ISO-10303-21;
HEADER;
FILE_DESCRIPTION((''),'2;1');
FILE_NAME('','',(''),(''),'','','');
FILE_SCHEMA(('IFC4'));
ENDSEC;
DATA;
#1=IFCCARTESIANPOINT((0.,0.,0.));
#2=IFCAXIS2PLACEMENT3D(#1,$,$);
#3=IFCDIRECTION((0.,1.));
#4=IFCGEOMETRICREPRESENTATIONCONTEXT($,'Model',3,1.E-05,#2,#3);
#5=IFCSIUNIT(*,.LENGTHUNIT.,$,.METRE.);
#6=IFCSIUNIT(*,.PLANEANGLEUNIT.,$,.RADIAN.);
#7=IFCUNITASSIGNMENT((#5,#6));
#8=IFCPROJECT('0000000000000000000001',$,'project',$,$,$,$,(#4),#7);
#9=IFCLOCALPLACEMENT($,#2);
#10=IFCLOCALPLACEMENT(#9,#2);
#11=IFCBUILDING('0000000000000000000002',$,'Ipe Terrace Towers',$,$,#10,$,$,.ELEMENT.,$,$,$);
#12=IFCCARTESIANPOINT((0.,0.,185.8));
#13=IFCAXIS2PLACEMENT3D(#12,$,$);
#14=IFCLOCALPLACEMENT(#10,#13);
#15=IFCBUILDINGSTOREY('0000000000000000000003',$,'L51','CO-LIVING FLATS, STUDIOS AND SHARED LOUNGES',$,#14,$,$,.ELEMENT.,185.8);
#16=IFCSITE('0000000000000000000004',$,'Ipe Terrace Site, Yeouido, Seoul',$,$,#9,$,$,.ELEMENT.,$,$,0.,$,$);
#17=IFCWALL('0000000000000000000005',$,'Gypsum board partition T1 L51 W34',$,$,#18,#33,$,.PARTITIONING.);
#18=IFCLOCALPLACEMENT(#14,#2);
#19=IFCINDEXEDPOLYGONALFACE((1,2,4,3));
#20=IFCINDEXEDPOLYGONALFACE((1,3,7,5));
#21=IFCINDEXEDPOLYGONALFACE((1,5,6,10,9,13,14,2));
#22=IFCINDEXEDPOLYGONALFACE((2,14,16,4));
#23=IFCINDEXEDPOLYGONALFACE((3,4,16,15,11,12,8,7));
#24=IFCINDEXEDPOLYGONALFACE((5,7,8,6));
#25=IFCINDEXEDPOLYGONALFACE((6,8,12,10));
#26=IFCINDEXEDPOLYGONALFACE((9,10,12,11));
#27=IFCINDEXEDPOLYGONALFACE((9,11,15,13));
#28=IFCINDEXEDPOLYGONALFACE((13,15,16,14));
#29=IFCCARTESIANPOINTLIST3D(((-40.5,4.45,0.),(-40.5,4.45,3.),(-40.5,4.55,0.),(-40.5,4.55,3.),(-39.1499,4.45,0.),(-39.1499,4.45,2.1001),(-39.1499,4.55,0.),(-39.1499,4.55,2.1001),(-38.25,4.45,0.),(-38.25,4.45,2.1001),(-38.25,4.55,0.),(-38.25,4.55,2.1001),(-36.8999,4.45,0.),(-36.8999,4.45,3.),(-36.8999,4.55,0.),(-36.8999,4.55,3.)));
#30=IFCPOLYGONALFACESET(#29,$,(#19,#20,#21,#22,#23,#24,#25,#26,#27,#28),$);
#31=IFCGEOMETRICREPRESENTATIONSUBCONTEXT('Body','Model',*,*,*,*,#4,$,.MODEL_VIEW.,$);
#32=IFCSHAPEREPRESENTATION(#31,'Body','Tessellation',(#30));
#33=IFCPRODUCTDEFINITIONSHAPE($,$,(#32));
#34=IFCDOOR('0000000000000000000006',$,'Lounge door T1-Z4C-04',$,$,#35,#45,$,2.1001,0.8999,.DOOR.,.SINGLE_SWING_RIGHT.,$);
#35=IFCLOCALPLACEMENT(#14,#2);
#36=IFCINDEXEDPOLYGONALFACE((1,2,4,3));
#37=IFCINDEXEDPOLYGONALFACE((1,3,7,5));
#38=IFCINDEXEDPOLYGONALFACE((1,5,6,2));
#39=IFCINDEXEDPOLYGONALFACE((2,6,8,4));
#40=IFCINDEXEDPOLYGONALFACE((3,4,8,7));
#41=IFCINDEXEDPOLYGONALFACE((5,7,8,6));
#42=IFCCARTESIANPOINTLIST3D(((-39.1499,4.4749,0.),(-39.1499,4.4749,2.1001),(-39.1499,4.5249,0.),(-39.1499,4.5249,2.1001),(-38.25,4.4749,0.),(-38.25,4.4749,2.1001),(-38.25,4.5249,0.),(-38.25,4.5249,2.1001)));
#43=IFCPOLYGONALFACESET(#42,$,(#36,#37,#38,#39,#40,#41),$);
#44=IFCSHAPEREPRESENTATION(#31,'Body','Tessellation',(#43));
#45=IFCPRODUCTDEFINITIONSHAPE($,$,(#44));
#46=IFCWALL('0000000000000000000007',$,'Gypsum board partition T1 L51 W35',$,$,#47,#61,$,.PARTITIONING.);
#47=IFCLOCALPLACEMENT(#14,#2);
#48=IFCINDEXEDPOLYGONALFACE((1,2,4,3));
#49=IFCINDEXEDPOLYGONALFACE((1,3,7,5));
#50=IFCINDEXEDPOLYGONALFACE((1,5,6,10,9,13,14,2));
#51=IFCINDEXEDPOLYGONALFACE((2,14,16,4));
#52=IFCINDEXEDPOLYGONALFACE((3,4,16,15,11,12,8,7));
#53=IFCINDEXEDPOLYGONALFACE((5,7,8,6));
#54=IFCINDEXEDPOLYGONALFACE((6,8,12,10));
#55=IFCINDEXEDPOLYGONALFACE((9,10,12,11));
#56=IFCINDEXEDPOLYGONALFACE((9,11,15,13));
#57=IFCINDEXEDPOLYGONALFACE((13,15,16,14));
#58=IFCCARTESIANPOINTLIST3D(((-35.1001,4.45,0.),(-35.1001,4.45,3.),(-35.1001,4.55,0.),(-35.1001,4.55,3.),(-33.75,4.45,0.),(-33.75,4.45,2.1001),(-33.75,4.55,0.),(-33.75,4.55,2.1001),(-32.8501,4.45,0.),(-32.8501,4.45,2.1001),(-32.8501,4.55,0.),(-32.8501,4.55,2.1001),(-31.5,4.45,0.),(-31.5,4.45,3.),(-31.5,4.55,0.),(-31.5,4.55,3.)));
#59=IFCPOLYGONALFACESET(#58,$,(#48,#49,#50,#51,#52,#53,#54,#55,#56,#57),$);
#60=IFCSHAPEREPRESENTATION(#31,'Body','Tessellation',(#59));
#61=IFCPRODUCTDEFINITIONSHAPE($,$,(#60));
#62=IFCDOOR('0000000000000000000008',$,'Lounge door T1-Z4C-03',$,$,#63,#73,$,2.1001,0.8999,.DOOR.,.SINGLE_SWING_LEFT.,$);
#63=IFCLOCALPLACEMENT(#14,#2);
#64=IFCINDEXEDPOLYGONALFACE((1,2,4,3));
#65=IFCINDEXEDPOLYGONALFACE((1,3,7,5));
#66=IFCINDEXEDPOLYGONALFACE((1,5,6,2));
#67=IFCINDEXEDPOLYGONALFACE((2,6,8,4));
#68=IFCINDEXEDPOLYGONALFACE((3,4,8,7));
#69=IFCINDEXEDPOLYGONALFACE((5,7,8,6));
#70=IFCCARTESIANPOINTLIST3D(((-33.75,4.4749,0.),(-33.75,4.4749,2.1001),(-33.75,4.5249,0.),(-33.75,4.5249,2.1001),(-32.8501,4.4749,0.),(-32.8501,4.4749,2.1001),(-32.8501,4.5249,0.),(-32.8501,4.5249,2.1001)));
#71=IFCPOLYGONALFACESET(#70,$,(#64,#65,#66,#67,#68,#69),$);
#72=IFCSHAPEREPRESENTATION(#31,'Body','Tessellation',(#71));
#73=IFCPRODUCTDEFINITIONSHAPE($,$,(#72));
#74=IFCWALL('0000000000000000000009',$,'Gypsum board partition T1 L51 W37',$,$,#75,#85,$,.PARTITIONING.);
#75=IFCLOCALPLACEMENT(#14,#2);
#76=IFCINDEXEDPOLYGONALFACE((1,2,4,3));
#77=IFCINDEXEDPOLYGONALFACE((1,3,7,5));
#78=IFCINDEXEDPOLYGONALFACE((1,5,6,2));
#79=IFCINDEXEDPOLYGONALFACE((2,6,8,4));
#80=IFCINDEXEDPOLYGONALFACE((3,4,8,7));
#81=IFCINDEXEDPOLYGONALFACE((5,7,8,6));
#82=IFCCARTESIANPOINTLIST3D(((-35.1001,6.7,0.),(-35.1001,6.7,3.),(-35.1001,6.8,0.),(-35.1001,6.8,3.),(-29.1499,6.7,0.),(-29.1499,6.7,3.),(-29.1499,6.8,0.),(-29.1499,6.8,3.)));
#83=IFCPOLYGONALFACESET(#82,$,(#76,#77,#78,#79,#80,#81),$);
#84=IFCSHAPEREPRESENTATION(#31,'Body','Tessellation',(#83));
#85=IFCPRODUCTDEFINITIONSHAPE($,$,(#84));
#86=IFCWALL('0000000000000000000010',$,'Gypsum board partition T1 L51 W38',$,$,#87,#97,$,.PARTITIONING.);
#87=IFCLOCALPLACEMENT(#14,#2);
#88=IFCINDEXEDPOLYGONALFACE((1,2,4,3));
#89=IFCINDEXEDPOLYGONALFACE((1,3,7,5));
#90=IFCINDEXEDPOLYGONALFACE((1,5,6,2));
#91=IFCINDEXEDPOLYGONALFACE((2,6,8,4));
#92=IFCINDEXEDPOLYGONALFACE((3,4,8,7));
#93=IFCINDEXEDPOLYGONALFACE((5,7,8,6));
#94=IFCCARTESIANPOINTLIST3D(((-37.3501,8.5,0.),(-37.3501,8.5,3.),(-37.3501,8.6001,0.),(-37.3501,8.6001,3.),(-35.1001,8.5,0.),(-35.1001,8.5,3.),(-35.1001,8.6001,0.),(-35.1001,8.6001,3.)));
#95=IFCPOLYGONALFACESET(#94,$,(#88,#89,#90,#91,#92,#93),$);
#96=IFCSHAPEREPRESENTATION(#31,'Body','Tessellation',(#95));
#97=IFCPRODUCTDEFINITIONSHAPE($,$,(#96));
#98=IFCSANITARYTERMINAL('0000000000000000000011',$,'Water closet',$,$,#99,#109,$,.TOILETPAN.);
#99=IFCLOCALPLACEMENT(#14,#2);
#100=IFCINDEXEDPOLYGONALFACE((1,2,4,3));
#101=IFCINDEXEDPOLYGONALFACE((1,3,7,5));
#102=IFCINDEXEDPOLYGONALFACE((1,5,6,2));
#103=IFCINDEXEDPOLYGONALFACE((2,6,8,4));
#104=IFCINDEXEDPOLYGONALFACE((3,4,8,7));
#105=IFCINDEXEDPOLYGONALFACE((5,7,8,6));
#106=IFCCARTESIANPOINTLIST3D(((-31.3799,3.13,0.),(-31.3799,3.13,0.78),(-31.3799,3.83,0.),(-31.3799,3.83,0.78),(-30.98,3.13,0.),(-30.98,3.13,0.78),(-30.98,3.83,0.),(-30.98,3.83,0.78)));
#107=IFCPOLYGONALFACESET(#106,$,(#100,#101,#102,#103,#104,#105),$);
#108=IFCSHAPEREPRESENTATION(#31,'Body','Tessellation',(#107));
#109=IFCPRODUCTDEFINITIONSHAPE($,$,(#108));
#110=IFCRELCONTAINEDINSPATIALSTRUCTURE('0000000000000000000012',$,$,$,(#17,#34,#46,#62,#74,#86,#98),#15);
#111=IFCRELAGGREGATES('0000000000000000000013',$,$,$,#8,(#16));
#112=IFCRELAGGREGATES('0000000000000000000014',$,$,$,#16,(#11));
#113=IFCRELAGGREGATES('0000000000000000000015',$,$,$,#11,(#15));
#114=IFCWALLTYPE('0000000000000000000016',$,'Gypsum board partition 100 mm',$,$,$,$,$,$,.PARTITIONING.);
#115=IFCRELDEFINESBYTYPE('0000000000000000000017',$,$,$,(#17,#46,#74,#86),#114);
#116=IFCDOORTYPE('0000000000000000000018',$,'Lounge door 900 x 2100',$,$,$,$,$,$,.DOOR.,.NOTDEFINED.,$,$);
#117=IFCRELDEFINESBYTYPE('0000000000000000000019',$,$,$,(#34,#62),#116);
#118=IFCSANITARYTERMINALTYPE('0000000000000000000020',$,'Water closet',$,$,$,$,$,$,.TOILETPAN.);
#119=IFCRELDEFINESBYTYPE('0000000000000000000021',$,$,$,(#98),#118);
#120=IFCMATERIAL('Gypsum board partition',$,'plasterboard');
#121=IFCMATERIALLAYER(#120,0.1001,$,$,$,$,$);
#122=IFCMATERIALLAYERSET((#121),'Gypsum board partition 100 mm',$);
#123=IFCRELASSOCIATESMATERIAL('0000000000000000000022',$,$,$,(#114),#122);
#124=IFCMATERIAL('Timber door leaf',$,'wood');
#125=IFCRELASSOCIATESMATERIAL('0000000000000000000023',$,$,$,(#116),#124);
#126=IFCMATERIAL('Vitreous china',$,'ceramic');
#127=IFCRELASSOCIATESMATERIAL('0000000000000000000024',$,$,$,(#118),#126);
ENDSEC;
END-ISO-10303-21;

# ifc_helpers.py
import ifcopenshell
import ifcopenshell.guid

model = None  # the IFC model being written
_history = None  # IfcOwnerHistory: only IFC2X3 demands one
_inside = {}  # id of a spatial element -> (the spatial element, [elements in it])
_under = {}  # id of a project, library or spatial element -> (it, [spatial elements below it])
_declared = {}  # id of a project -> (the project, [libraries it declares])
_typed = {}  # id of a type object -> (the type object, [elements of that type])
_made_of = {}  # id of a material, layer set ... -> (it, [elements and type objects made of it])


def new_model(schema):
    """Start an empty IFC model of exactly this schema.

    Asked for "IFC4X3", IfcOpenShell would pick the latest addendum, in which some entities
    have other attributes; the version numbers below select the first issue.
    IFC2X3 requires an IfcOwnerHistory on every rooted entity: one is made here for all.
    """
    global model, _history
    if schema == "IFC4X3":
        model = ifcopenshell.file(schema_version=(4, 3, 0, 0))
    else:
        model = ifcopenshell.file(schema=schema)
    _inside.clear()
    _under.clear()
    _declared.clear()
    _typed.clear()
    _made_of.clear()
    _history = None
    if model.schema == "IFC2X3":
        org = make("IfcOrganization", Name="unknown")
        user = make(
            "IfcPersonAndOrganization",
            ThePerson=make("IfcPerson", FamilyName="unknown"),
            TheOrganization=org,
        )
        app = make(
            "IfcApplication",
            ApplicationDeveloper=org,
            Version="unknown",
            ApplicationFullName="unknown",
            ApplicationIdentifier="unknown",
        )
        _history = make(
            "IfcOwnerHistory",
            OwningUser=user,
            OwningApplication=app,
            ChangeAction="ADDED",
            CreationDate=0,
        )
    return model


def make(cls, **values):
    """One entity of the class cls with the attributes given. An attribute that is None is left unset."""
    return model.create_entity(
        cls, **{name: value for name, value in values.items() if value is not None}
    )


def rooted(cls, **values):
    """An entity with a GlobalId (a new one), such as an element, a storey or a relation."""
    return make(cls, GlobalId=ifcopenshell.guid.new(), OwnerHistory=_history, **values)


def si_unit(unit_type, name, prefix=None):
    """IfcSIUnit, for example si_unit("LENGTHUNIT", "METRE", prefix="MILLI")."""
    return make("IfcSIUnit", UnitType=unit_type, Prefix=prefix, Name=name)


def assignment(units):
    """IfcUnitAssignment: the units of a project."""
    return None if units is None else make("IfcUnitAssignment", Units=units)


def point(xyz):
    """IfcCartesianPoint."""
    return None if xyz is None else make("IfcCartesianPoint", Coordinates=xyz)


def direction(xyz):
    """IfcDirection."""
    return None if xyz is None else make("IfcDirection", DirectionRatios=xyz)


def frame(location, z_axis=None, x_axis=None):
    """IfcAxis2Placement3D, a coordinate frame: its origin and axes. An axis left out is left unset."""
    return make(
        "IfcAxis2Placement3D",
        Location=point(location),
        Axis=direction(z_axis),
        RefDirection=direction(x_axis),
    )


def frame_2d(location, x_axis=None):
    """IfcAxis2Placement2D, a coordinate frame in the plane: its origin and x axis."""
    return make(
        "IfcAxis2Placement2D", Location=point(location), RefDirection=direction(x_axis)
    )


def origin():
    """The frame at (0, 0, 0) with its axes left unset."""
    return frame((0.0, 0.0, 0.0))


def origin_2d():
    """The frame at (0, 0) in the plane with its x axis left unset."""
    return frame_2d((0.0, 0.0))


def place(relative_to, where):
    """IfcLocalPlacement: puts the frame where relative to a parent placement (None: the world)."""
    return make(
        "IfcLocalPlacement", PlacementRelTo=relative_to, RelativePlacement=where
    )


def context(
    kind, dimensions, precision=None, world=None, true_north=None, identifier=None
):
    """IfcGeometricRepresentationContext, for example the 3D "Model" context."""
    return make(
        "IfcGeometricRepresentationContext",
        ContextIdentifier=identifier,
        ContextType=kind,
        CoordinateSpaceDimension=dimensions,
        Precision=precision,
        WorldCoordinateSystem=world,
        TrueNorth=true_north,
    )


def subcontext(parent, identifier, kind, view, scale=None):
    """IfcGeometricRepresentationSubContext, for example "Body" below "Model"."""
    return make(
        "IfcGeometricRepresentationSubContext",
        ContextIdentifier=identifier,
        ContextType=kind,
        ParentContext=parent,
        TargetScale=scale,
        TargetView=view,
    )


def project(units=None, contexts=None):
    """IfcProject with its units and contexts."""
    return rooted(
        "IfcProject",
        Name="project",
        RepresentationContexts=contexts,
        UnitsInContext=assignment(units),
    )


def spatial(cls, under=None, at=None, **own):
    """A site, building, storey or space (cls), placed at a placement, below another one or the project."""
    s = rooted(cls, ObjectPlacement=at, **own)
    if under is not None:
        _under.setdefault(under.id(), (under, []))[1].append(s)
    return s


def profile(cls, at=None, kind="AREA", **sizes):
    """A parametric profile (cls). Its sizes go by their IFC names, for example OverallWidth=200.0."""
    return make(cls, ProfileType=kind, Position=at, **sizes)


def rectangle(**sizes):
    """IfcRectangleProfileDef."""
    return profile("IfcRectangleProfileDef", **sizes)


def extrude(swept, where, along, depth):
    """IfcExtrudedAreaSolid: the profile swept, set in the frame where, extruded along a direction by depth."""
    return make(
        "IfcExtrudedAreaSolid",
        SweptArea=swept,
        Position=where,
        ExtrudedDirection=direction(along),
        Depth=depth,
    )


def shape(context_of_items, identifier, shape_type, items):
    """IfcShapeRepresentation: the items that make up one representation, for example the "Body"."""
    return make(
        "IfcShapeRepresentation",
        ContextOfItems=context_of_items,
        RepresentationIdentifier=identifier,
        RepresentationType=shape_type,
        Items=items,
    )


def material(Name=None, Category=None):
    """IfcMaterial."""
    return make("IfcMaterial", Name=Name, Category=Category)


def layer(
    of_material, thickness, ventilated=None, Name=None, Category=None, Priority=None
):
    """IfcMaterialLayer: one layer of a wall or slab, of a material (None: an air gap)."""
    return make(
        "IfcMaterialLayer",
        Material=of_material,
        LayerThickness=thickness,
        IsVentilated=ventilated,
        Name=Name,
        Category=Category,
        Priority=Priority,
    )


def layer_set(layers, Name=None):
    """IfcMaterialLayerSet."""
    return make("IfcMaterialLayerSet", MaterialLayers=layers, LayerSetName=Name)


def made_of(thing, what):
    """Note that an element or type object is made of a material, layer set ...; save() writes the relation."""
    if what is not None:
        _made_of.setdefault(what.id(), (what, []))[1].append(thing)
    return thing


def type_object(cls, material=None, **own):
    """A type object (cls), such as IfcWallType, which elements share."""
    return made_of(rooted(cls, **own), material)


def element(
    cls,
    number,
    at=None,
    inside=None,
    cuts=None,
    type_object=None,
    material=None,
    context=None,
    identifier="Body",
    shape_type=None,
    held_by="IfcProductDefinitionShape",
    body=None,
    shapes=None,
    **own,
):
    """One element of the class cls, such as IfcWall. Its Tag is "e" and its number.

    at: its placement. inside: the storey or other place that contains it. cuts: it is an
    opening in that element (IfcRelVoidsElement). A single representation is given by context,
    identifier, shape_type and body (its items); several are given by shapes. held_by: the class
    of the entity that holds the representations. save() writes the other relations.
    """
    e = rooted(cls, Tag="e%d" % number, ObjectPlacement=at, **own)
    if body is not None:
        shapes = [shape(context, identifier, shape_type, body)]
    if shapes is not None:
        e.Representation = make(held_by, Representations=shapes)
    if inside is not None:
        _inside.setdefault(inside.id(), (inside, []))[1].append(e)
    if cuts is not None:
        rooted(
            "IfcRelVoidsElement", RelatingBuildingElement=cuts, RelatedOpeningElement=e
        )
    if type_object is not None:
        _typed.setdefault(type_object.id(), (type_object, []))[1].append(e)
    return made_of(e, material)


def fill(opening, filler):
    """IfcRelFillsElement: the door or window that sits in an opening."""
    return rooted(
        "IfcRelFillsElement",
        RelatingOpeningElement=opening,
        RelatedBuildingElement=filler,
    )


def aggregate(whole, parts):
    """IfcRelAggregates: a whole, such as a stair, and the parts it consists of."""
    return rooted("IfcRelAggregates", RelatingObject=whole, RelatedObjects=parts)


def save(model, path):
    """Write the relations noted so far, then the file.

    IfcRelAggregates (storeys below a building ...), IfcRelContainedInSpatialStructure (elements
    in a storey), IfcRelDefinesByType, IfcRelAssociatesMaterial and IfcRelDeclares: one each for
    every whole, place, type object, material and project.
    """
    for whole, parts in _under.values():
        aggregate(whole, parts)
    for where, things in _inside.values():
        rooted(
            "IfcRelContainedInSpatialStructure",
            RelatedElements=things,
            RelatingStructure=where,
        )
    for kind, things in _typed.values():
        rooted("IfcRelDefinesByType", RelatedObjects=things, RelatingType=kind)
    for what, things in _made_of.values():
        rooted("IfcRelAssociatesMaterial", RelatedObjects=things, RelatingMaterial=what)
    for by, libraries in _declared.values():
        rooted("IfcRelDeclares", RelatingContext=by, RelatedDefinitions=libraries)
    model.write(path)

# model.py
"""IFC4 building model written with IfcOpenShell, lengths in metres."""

from ifc_helpers import new_model, si_unit, direction, frame, frame_2d, origin, origin_2d, place, context, subcontext, project, spatial, rectangle, extrude, material, layer, layer_set, type_object, element, fill, save


model = new_model("IFC4")

# Units and contexts
model_context = context("Model", 3, precision=1e-05, world=origin(), true_north=direction((0.0, 1.0)))
body_context = subcontext(model_context, "Body", "Model", "MODEL_VIEW")
ifc_project = project(units=[si_unit("LENGTHUNIT", "METRE"), si_unit("PLANEANGLEUNIT", "RADIAN")], contexts=[model_context])

# Site, building, storey
site_placement = place(None, origin())
site = spatial("IfcSite", under=ifc_project, at=site_placement, Name="Ipe Terrace Site, Yeouido, Seoul", CompositionType="ELEMENT", RefElevation=0.0)
building_placement = place(site_placement, origin())
building = spatial("IfcBuilding", under=site, at=building_placement, Name="Ipe Terrace Towers", CompositionType="ELEMENT")
storey_placement = place(building_placement, frame((0.0, 0.0, 185.8)))
storey = spatial("IfcBuildingStorey", under=building, at=storey_placement, Name="L51", Description="CO-LIVING FLATS, STUDIOS AND SHARED LOUNGES", CompositionType="ELEMENT", Elevation=185.8)

# Shared definitions
ifc_material_1 = material(Name="Gypsum board partition", Category="plasterboard")
ifc_layer_1 = layer(ifc_material_1, 0.1001)
ifc_layer_set_1 = layer_set([ifc_layer_1], Name="Gypsum board partition 100 mm")
wall_type_1 = type_object("IfcWallType", Name="Gypsum board partition 100 mm", PredefinedType="PARTITIONING", material=ifc_layer_set_1)
ifc_material_2 = material(Name="Timber door leaf", Category="wood")
door_type_1 = type_object("IfcDoorType", Name="Lounge door 900 x 2100", OperationType="NOTDEFINED", PredefinedType="DOOR", material=ifc_material_2)

# Walls, openings, doors
wall_1_placement = place(storey_placement, frame((-40.5, 4.5, 0.0), z_axis=(0.0, 0.0, 1.0), x_axis=(1.0, 0.0, 0.0)))
wall_1 = element("IfcWall", 1, at=wall_1_placement, inside=storey, type_object=wall_type_1, Name="Gypsum board partition T1 L51 W34", PredefinedType="PARTITIONING", context=body_context, shape_type="SweptSolid", body=[
    extrude(rectangle(XDim=3.6001, YDim=0.1001, at=frame_2d((1.8, 0.0))), origin(), (0.0, 0.0, 1.0), 3.0),
])
opening_1_placement = place(wall_1_placement, frame((1.3501, 0.0, 0.0)))
opening_1 = element("IfcOpeningElement", 2, at=opening_1_placement, cuts=wall_1, PredefinedType="OPENING", context=body_context, shape_type="SweptSolid", body=[
    extrude(rectangle(XDim=0.8999, YDim=2.1001, at=frame_2d((0.45, 1.05))), frame((0.0, 0.0601, 0.0), z_axis=(0.0, -1.0, 0.0), x_axis=(1.0, 0.0, 0.0)), (0.0, 0.0, 1.0), 0.1201),
])
door_1_placement = place(opening_1_placement, origin())
door_1 = element("IfcDoor", 3, at=door_1_placement, inside=storey, type_object=door_type_1, Name="Lounge door T1-Z4C-04", OperationType="SINGLE_SWING_RIGHT", OverallHeight=2.1001, OverallWidth=0.8999, PredefinedType="DOOR", context=body_context, shape_type="SweptSolid", body=[
    extrude(rectangle(XDim=0.8999, YDim=2.1001, at=frame_2d((0.45, 1.05))), frame((0.0, 0.0249, 0.0), z_axis=(0.0, -1.0, 0.0), x_axis=(1.0, 0.0, 0.0)), (0.0, 0.0, 1.0), 0.05),
])
fill(opening_1, door_1)
wall_2_placement = place(storey_placement, frame((-35.1001, 4.5, 0.0), z_axis=(0.0, 0.0, 1.0), x_axis=(1.0, 0.0, 0.0)))
wall_2 = element("IfcWall", 4, at=wall_2_placement, inside=storey, type_object=wall_type_1, Name="Gypsum board partition T1 L51 W35", PredefinedType="PARTITIONING", context=body_context, shape_type="SweptSolid", body=[
    extrude(rectangle(XDim=3.6001, YDim=0.1001, at=frame_2d((1.8, 0.0))), origin(), (0.0, 0.0, 1.0), 3.0),
])
opening_2_placement = place(wall_2_placement, frame((1.3501, 0.0, 0.0)))
opening_2 = element("IfcOpeningElement", 5, at=opening_2_placement, cuts=wall_2, PredefinedType="OPENING", context=body_context, shape_type="SweptSolid", body=[
    extrude(rectangle(XDim=0.8999, YDim=2.1001, at=frame_2d((0.45, 1.05))), frame((0.0, 0.0601, 0.0), z_axis=(0.0, -1.0, 0.0), x_axis=(1.0, 0.0, 0.0)), (0.0, 0.0, 1.0), 0.1201),
])
door_2_placement = place(opening_2_placement, origin())
door_2 = element("IfcDoor", 6, at=door_2_placement, inside=storey, type_object=door_type_1, Name="Lounge door T1-Z4C-03", OperationType="SINGLE_SWING_LEFT", OverallHeight=2.1001, OverallWidth=0.8999, PredefinedType="DOOR", context=body_context, shape_type="SweptSolid", body=[
    extrude(rectangle(XDim=0.8999, YDim=2.1001, at=frame_2d((0.45, 1.05))), frame((0.0, 0.0249, 0.0), z_axis=(0.0, -1.0, 0.0), x_axis=(1.0, 0.0, 0.0)), (0.0, 0.0, 1.0), 0.05),
])
fill(opening_2, door_2)

# Walls
wall_3_placement = place(storey_placement, frame((-35.1001, 6.75, 0.0), z_axis=(0.0, 0.0, 1.0), x_axis=(1.0, 0.0, 0.0)))
element("IfcWall", 7, at=wall_3_placement, inside=storey, type_object=wall_type_1, Name="Gypsum board partition T1 L51 W37", PredefinedType="PARTITIONING", context=body_context, shape_type="SweptSolid", body=[
    extrude(rectangle(XDim=5.9502, YDim=0.1001, at=frame_2d((2.9751, 0.0))), origin(), (0.0, 0.0, 1.0), 3.0),
])
wall_4_placement = place(storey_placement, frame((-37.3501, 8.55, 0.0), z_axis=(0.0, 0.0, 1.0), x_axis=(1.0, 0.0, 0.0)))
element("IfcWall", 8, at=wall_4_placement, inside=storey, type_object=wall_type_1, Name="Gypsum board partition T1 L51 W38", PredefinedType="PARTITIONING", context=body_context, shape_type="SweptSolid", body=[
    extrude(rectangle(XDim=2.25, YDim=0.1001, at=frame_2d((1.125, 0.0))), origin(), (0.0, 0.0, 1.0), 3.0),
])

# Sanitary terminal
ifc_material_3 = material(Name="Vitreous china", Category="ceramic")
sanitary_terminal_type = type_object("IfcSanitaryTerminalType", Name="Water closet", PredefinedType="TOILETPAN", material=ifc_material_3)
sanitary_terminal_placement = place(storey_placement, frame((-31.1799, 3.48, 0.0), z_axis=(0.0, 0.0, 1.0), x_axis=(0.0, -1.0, 0.0)))
element("IfcSanitaryTerminal", 9, at=sanitary_terminal_placement, inside=storey, type_object=sanitary_terminal_type, Name="Water closet", PredefinedType="TOILETPAN", context=body_context, shape_type="SweptSolid", body=[
    extrude(rectangle(XDim=0.7, YDim=0.3999, at=origin_2d()), origin(), (0.0, 0.0, 1.0), 0.78),
])

save(model, "model.ifc")
